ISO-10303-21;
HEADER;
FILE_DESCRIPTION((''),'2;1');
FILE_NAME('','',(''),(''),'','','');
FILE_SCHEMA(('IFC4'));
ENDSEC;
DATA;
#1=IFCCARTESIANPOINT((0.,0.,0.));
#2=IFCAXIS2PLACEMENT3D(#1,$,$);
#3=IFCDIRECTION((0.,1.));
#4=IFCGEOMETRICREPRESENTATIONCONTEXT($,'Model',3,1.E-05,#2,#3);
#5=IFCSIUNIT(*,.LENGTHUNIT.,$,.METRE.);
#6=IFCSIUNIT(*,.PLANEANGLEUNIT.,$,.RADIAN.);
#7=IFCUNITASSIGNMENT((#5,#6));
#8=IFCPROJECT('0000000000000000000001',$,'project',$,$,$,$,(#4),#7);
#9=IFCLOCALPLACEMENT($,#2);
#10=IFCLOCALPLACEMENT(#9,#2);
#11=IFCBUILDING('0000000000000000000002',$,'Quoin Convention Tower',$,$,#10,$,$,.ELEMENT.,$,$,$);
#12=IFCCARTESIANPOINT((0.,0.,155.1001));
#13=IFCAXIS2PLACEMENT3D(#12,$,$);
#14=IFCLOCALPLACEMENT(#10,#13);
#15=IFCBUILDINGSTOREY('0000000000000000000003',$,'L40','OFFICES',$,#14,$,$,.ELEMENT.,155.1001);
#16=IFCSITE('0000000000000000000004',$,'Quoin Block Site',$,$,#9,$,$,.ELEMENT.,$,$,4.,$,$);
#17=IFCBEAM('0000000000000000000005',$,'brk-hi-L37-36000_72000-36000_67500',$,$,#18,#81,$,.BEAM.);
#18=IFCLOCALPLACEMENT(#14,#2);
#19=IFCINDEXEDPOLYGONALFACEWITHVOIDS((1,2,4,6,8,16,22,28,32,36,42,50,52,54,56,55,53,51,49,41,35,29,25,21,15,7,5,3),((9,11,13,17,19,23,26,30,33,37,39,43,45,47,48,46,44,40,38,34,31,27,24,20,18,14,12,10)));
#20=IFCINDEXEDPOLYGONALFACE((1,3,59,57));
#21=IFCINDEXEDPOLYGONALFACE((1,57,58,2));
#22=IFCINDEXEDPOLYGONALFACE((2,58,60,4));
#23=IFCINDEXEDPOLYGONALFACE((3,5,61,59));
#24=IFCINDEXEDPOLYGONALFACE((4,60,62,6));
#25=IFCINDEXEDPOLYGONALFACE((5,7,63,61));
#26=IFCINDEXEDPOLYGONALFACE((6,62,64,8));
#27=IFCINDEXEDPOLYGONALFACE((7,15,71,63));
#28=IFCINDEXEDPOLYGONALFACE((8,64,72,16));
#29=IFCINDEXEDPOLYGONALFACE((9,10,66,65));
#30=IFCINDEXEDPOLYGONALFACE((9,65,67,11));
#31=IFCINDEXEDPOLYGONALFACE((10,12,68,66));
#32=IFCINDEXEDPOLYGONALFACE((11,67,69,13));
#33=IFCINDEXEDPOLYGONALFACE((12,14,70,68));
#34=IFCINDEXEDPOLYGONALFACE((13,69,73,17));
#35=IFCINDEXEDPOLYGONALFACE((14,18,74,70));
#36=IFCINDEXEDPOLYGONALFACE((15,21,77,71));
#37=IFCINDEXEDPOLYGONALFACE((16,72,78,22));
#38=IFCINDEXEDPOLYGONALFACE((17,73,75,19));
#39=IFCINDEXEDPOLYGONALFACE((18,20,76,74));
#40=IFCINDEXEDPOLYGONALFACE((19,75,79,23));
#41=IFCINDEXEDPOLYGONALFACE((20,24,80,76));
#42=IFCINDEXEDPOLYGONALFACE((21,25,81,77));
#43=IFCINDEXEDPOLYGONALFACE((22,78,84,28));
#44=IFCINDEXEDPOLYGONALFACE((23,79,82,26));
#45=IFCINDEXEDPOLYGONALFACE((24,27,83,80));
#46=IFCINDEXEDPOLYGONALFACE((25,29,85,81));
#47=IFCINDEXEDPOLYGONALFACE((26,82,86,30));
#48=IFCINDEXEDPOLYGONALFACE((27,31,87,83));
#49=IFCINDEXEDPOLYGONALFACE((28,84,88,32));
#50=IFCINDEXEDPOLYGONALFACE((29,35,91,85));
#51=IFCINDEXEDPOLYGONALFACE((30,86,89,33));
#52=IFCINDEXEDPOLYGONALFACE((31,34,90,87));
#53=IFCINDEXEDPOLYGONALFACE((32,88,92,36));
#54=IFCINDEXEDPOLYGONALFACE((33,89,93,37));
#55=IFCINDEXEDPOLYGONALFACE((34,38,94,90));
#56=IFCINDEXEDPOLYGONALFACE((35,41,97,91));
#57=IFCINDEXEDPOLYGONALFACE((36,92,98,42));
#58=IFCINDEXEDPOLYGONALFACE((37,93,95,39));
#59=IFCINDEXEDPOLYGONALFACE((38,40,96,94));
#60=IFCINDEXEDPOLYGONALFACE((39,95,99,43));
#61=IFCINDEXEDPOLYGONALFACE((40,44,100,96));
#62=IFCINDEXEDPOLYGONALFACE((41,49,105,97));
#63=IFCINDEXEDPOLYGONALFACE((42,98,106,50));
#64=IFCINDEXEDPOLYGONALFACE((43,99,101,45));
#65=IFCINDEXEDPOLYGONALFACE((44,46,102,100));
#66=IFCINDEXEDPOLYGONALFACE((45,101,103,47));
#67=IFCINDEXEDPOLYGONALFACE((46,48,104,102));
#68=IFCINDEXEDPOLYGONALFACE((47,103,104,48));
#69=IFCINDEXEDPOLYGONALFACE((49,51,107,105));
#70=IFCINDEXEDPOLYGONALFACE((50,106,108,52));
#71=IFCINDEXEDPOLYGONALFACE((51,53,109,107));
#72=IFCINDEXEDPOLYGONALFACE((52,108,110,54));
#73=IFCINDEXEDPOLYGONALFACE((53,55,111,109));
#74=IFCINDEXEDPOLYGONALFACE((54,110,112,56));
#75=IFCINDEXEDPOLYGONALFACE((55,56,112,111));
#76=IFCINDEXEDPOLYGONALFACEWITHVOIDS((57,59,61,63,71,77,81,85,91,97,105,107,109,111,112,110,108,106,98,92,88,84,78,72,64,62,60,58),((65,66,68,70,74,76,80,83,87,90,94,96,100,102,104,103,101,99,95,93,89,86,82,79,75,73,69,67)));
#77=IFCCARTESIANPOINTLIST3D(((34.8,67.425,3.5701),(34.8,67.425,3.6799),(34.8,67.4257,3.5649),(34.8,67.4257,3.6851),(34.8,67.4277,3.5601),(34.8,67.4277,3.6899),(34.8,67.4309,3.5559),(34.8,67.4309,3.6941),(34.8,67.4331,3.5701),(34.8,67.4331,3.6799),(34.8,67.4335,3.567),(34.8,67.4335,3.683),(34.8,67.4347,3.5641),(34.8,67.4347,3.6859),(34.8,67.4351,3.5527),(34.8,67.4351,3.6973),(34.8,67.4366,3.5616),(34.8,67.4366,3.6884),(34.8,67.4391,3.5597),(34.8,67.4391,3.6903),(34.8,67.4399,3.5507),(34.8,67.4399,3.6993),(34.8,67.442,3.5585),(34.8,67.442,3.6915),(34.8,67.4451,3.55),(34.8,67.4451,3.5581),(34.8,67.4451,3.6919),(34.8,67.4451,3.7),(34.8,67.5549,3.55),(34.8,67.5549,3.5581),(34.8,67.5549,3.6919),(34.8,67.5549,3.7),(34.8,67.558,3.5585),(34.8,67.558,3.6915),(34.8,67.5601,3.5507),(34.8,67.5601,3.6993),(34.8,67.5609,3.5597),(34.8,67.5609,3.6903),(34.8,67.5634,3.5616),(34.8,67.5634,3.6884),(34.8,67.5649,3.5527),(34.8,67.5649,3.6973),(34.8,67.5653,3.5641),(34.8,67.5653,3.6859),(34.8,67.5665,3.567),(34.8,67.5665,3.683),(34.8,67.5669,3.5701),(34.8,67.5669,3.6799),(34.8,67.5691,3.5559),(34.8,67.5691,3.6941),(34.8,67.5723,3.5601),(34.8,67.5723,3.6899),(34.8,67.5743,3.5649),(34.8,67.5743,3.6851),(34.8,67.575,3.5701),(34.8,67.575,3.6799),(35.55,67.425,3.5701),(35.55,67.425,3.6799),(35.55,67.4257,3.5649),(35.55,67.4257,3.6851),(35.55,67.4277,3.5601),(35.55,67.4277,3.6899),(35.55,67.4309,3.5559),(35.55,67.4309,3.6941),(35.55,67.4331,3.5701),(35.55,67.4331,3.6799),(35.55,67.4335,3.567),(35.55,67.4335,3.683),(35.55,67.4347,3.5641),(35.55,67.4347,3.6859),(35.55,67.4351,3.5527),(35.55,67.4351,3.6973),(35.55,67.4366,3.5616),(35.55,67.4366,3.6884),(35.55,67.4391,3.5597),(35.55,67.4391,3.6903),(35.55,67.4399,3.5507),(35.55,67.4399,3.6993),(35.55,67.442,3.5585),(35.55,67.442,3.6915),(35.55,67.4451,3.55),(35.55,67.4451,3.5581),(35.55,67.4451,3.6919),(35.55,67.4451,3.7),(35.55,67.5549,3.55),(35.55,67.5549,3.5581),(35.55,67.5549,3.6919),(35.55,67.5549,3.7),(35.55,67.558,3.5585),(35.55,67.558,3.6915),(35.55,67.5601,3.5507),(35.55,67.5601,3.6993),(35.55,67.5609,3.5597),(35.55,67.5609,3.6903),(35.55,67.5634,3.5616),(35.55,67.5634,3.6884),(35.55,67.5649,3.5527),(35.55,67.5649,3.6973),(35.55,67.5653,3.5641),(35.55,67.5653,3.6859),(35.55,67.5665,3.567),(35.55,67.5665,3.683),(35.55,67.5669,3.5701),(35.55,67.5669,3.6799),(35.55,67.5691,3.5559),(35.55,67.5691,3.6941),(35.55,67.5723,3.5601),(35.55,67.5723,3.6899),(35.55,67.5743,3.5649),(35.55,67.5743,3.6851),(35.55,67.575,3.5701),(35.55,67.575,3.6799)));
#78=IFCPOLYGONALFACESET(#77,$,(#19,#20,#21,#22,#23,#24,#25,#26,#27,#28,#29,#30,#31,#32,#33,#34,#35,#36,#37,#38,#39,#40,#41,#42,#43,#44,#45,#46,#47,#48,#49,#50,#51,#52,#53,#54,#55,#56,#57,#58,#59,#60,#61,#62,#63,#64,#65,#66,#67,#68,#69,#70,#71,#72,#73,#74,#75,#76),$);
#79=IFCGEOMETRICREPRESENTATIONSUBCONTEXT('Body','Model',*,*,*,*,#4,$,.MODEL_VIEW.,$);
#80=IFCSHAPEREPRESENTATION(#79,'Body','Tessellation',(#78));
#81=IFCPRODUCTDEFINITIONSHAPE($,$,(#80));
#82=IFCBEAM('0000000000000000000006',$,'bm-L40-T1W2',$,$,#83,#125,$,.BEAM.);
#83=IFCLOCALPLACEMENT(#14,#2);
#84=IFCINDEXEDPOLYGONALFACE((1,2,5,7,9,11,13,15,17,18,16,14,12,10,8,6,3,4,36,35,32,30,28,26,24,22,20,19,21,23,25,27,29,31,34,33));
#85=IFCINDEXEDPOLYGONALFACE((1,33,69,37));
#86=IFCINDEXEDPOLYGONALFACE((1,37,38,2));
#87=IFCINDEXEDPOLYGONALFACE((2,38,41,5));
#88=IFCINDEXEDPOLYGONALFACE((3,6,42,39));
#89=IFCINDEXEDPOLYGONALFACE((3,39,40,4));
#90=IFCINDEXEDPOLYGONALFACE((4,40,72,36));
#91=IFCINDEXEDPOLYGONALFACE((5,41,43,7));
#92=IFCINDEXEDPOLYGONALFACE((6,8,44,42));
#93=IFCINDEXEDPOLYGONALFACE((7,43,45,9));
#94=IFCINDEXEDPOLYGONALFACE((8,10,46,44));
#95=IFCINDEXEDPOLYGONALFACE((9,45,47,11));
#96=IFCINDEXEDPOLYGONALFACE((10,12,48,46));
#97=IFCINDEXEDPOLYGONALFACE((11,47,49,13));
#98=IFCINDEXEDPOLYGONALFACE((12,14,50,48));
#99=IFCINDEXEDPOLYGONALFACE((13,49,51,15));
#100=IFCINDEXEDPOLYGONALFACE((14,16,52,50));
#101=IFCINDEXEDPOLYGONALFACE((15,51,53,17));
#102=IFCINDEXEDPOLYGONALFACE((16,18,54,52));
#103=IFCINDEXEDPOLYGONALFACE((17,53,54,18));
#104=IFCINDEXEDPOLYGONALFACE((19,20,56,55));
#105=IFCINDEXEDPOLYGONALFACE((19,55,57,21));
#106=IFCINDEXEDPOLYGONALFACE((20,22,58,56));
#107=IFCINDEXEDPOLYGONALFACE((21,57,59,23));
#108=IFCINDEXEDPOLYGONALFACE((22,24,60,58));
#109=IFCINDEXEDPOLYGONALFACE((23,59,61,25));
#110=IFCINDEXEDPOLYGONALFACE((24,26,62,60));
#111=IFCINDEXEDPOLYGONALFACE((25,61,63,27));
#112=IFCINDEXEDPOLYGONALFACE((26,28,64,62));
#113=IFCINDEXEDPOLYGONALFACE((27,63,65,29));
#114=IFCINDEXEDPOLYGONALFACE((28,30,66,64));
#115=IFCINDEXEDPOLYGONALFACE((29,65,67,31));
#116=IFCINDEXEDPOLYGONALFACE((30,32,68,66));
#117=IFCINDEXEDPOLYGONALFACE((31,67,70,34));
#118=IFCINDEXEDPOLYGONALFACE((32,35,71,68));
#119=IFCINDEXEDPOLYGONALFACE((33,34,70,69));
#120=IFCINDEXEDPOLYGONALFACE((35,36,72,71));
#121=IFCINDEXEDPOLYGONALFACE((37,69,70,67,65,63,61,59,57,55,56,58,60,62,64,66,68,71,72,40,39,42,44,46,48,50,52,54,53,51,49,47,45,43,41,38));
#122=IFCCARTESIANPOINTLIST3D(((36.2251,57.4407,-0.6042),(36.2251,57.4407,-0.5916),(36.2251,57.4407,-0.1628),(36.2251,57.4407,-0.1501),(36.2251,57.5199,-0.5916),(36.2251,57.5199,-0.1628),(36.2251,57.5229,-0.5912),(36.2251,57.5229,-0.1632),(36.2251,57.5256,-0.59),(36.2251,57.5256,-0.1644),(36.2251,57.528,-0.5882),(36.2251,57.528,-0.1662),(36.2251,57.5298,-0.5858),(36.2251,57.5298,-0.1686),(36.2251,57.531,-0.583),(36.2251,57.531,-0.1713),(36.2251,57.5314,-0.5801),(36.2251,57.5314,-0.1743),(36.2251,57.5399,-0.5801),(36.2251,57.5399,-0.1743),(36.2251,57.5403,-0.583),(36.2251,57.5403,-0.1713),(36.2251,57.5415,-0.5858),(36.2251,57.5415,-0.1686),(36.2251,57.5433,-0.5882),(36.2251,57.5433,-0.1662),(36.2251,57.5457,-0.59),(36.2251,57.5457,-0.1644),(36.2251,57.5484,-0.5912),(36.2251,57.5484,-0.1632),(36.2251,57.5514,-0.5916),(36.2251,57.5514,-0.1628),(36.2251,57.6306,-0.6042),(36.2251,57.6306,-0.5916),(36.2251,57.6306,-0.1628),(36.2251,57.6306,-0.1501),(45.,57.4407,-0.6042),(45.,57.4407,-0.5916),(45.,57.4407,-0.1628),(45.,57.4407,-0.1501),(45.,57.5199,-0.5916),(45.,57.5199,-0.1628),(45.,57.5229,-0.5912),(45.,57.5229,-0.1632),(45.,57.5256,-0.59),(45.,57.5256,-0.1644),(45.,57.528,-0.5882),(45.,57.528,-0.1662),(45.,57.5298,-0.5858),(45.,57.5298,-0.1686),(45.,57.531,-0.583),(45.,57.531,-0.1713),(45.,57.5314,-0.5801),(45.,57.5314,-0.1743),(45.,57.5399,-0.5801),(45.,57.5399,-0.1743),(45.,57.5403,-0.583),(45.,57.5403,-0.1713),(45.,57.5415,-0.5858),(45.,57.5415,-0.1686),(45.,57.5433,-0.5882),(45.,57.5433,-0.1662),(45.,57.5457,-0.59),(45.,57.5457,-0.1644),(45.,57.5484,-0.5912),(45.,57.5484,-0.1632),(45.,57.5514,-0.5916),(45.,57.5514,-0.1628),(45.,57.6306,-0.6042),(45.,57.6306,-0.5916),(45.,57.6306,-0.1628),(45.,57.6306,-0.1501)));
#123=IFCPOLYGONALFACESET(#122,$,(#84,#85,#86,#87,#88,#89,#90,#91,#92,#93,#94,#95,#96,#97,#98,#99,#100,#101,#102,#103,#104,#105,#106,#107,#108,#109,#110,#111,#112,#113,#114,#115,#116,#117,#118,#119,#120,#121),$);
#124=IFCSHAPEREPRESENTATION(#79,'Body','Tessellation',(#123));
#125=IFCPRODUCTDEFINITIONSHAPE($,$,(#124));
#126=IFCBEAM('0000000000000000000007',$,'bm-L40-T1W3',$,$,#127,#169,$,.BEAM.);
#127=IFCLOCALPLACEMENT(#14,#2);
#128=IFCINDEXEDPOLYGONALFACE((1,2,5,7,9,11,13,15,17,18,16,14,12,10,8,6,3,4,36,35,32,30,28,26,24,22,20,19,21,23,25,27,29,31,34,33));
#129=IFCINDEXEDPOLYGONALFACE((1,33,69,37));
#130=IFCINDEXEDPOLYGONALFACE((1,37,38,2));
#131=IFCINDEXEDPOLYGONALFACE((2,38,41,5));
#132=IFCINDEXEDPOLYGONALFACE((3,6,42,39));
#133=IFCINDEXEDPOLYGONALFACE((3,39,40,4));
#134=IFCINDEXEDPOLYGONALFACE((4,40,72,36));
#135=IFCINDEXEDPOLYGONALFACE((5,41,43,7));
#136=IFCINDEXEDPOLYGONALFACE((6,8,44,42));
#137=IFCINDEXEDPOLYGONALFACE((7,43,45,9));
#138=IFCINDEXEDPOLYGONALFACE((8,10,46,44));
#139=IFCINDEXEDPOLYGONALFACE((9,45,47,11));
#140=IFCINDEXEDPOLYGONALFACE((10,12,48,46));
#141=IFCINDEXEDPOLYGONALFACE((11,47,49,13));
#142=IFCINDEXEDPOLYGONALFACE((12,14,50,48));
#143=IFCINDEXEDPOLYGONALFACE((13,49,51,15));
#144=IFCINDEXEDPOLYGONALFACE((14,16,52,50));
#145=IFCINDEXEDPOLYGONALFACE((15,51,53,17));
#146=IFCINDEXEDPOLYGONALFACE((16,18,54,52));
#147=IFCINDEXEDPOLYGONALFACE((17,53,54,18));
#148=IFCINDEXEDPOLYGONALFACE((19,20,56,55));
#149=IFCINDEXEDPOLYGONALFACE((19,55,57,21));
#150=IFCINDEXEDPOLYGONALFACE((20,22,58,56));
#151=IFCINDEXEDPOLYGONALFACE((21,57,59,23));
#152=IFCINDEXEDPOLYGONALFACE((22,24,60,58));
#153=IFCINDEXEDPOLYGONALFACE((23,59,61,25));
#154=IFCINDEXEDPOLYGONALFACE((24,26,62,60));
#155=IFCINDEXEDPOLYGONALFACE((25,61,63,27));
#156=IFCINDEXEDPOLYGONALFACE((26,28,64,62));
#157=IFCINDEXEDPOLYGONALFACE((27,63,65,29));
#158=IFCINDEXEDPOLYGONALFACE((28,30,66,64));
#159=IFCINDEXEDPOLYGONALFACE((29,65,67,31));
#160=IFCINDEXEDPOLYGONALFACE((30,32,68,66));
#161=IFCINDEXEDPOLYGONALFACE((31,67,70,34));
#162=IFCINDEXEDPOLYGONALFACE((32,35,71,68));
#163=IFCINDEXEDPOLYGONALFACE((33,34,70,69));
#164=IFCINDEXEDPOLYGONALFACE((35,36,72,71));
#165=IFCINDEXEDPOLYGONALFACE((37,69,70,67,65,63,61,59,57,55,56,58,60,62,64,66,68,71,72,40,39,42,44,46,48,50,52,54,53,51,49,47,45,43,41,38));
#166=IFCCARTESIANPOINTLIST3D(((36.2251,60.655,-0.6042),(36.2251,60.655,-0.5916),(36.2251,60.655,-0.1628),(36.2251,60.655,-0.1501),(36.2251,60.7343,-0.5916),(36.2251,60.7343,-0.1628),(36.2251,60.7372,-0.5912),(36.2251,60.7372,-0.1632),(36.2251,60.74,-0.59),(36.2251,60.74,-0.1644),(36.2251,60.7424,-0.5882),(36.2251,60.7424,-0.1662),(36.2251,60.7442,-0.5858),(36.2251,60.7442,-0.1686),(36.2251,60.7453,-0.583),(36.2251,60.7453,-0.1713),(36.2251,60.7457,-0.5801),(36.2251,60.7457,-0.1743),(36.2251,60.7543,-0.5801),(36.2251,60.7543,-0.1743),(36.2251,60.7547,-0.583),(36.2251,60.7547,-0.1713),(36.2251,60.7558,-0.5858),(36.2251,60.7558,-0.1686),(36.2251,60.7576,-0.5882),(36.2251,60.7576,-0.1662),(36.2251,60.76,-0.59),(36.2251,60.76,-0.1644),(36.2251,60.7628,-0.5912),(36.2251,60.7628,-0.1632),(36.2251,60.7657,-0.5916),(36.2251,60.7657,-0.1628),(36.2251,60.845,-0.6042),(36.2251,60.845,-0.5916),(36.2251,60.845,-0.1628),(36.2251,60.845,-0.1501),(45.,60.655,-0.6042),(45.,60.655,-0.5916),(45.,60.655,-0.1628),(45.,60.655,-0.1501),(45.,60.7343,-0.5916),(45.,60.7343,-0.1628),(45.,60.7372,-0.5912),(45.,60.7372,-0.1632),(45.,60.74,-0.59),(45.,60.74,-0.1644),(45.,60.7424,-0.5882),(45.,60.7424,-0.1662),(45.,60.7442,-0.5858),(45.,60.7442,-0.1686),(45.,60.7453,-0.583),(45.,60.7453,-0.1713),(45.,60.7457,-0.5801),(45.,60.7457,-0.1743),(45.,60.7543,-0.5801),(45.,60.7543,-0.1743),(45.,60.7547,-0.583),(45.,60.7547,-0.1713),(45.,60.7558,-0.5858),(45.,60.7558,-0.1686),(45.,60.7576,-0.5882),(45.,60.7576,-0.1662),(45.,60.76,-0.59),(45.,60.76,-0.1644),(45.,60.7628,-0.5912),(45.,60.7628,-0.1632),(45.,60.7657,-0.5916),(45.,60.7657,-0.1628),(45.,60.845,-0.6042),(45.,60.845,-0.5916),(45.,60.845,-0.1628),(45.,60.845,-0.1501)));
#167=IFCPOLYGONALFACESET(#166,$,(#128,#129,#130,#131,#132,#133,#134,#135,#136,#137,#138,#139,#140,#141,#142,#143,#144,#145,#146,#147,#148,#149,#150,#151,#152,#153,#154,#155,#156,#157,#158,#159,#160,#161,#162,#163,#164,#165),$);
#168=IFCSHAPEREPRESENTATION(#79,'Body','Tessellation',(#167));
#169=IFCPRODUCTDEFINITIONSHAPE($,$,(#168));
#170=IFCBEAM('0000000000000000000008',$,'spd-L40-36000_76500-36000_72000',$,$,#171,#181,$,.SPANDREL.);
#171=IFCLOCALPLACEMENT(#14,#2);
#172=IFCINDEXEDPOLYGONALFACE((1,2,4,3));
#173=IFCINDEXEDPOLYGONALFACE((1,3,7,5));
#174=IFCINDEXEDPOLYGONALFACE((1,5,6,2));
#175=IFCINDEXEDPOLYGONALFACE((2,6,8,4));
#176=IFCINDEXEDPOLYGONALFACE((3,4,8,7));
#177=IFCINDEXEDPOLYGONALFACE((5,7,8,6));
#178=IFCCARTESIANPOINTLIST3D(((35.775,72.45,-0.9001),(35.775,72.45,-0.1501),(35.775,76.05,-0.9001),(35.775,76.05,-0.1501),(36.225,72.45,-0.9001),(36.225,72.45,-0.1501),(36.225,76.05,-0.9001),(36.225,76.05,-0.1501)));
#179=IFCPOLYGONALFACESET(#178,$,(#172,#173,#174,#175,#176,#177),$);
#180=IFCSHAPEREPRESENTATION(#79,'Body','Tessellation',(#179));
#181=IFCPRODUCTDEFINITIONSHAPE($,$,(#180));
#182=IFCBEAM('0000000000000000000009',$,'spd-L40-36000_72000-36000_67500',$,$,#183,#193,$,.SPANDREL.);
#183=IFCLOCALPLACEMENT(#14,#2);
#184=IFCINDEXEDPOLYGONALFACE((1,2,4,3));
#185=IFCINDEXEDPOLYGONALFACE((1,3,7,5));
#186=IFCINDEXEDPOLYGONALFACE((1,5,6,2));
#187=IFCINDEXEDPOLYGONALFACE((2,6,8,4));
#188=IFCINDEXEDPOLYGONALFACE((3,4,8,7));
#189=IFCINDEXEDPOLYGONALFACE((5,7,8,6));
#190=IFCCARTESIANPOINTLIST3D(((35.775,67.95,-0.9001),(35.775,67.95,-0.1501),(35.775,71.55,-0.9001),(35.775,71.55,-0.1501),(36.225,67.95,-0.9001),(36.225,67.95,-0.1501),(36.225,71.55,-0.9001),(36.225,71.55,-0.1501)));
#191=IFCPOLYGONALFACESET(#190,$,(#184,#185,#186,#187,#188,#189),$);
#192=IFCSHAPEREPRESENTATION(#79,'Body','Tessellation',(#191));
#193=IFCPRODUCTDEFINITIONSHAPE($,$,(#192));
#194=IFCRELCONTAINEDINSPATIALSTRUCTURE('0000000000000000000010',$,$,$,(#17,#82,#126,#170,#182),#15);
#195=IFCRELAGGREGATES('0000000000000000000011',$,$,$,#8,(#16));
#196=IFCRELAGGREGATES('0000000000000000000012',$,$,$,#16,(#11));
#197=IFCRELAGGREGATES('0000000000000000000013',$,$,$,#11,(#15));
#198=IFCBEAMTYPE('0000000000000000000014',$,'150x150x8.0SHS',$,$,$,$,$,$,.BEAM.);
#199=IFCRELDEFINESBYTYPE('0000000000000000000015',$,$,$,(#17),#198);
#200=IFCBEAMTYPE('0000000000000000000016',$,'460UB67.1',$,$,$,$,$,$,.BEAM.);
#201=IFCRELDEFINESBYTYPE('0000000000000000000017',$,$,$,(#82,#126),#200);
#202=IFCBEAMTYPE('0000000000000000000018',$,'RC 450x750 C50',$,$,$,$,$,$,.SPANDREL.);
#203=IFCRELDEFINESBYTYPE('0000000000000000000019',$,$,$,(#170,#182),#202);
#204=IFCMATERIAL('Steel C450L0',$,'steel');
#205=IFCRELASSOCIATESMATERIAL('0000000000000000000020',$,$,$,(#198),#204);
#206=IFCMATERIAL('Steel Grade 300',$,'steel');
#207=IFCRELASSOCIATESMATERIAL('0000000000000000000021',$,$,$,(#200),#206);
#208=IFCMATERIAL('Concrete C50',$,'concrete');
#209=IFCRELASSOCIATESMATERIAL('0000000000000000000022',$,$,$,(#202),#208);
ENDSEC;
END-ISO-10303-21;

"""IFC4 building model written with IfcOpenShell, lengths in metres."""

from ifc_helpers import new_model, si_unit, direction, frame, origin, origin_2d, place, context, subcontext, project, spatial, rectangle, hollow_rectangle, i_section, extrude, material, material_profile, profile_set, type_object, element, save


model = new_model("IFC4")

# Units and contexts
model_context = context("Model", 3, precision=1e-05, world=origin(), true_north=direction((0.0, 1.0)))
body_context = subcontext(model_context, "Body", "Model", "MODEL_VIEW")
ifc_project = project(units=[si_unit("LENGTHUNIT", "METRE"), si_unit("PLANEANGLEUNIT", "RADIAN")], contexts=[model_context])

# Site, building, storey
site_placement = place(None, origin())
site = spatial("IfcSite", under=ifc_project, at=site_placement, Name="Quoin Block Site", CompositionType="ELEMENT", RefElevation=4.0)
building_placement = place(site_placement, origin())
building = spatial("IfcBuilding", under=site, at=building_placement, Name="Quoin Convention Tower", CompositionType="ELEMENT")
storey_placement = place(building_placement, frame((0.0, 0.0, 155.1001)))
storey = spatial("IfcBuildingStorey", under=building, at=storey_placement, Name="L40", Description="OFFICES", CompositionType="ELEMENT", Elevation=155.1001)

# Shared definitions
ifc_material_1 = material(Name="Concrete C50", Category="concrete")

# Beams
ifc_material_2 = material(Name="Steel C450L0", Category="steel")
ifc_material_profile_1 = material_profile(ifc_material_2, hollow_rectangle(XDim=0.1499, YDim=0.1499, WallThickness=0.0081, InnerFilletRadius=0.012, OuterFilletRadius=0.02, at=origin_2d()), Name="150x150x8.0SHS")
ifc_profile_set_1 = profile_set([ifc_material_profile_1], Name="Steel C450L0")
beam_type_1 = type_object("IfcBeamType", Name="150x150x8.0SHS", PredefinedType="BEAM", material=ifc_profile_set_1)
for number, where, z_axis, x_axis, name in (
    (1, (35.55, 67.5, 3.625), (-1.0, 0.0, 0.0), (0.0, -1.0, 0.0), "brk-hi-L37-36000_72000-36000_67500"),
):
    element("IfcBeam", number, at=place(storey_placement, frame(where, z_axis=z_axis, x_axis=x_axis)), inside=storey, type_object=beam_type_1, Name=name, PredefinedType="BEAM", context=body_context, shape_type="SweptSolid", body=[
        extrude(hollow_rectangle(XDim=0.1499, YDim=0.1499, WallThickness=0.0081, InnerFilletRadius=0.012, OuterFilletRadius=0.02, at=origin_2d()), origin(), (0.0, 0.0, 1.0), 0.75),
    ])
ifc_material_3 = material(Name="Steel Grade 300", Category="steel")
ifc_material_profile_2 = material_profile(ifc_material_3, i_section(OverallWidth=0.1899, OverallDepth=0.4541, WebThickness=0.0085, FlangeThickness=0.0127, FilletRadius=0.0115, at=origin_2d()), Name="460UB67.1")
ifc_profile_set_2 = profile_set([ifc_material_profile_2], Name="Steel Grade 300")
beam_type_2 = type_object("IfcBeamType", Name="460UB67.1", PredefinedType="BEAM", material=ifc_profile_set_2)
for number, where, z_axis, x_axis, name in (
    (2, (36.2251, 57.5356, -0.3772), (1.0, 0.0, 0.0), (0.0, 1.0, 0.0), "bm-L40-T1W2"),
    (3, (36.2251, 60.75, -0.3772), (1.0, 0.0, 0.0), (0.0, 1.0, 0.0), "bm-L40-T1W3"),
):
    element("IfcBeam", number, at=place(storey_placement, frame(where, z_axis=z_axis, x_axis=x_axis)), inside=storey, type_object=beam_type_2, Name=name, PredefinedType="BEAM", context=body_context, shape_type="SweptSolid", body=[
        extrude(i_section(OverallWidth=0.1899, OverallDepth=0.4541, WebThickness=0.0085, FlangeThickness=0.0127, FilletRadius=0.0115, at=origin_2d()), origin(), (0.0, 0.0, 1.0), 8.7749),
    ])
ifc_material_profile_3 = material_profile(ifc_material_1, rectangle(XDim=0.45, YDim=0.75, at=origin_2d()), Name="RC 450x750")
ifc_profile_set_3 = profile_set([ifc_material_profile_3], Name="Concrete C50")
beam_type_3 = type_object("IfcBeamType", Name="RC 450x750 C50", PredefinedType="SPANDREL", material=ifc_profile_set_3)
for number, where, z_axis, x_axis, name in (
    (4, (36.0, 76.05, -0.5251), (0.0, -1.0, 0.0), (1.0, 0.0, 0.0), "spd-L40-36000_76500-36000_72000"),
    (5, (36.0, 71.55, -0.5251), (0.0, -1.0, 0.0), (1.0, 0.0, 0.0), "spd-L40-36000_72000-36000_67500"),
):
    element("IfcBeam", number, at=place(storey_placement, frame(where, z_axis=z_axis, x_axis=x_axis)), inside=storey, type_object=beam_type_3, Name=name, PredefinedType="SPANDREL", context=body_context, shape_type="SweptSolid", body=[
        extrude(rectangle(XDim=0.45, YDim=0.75, at=origin_2d()), origin(), (0.0, 0.0, 1.0), 3.6001),
    ])

save(model, "model.ifc")
